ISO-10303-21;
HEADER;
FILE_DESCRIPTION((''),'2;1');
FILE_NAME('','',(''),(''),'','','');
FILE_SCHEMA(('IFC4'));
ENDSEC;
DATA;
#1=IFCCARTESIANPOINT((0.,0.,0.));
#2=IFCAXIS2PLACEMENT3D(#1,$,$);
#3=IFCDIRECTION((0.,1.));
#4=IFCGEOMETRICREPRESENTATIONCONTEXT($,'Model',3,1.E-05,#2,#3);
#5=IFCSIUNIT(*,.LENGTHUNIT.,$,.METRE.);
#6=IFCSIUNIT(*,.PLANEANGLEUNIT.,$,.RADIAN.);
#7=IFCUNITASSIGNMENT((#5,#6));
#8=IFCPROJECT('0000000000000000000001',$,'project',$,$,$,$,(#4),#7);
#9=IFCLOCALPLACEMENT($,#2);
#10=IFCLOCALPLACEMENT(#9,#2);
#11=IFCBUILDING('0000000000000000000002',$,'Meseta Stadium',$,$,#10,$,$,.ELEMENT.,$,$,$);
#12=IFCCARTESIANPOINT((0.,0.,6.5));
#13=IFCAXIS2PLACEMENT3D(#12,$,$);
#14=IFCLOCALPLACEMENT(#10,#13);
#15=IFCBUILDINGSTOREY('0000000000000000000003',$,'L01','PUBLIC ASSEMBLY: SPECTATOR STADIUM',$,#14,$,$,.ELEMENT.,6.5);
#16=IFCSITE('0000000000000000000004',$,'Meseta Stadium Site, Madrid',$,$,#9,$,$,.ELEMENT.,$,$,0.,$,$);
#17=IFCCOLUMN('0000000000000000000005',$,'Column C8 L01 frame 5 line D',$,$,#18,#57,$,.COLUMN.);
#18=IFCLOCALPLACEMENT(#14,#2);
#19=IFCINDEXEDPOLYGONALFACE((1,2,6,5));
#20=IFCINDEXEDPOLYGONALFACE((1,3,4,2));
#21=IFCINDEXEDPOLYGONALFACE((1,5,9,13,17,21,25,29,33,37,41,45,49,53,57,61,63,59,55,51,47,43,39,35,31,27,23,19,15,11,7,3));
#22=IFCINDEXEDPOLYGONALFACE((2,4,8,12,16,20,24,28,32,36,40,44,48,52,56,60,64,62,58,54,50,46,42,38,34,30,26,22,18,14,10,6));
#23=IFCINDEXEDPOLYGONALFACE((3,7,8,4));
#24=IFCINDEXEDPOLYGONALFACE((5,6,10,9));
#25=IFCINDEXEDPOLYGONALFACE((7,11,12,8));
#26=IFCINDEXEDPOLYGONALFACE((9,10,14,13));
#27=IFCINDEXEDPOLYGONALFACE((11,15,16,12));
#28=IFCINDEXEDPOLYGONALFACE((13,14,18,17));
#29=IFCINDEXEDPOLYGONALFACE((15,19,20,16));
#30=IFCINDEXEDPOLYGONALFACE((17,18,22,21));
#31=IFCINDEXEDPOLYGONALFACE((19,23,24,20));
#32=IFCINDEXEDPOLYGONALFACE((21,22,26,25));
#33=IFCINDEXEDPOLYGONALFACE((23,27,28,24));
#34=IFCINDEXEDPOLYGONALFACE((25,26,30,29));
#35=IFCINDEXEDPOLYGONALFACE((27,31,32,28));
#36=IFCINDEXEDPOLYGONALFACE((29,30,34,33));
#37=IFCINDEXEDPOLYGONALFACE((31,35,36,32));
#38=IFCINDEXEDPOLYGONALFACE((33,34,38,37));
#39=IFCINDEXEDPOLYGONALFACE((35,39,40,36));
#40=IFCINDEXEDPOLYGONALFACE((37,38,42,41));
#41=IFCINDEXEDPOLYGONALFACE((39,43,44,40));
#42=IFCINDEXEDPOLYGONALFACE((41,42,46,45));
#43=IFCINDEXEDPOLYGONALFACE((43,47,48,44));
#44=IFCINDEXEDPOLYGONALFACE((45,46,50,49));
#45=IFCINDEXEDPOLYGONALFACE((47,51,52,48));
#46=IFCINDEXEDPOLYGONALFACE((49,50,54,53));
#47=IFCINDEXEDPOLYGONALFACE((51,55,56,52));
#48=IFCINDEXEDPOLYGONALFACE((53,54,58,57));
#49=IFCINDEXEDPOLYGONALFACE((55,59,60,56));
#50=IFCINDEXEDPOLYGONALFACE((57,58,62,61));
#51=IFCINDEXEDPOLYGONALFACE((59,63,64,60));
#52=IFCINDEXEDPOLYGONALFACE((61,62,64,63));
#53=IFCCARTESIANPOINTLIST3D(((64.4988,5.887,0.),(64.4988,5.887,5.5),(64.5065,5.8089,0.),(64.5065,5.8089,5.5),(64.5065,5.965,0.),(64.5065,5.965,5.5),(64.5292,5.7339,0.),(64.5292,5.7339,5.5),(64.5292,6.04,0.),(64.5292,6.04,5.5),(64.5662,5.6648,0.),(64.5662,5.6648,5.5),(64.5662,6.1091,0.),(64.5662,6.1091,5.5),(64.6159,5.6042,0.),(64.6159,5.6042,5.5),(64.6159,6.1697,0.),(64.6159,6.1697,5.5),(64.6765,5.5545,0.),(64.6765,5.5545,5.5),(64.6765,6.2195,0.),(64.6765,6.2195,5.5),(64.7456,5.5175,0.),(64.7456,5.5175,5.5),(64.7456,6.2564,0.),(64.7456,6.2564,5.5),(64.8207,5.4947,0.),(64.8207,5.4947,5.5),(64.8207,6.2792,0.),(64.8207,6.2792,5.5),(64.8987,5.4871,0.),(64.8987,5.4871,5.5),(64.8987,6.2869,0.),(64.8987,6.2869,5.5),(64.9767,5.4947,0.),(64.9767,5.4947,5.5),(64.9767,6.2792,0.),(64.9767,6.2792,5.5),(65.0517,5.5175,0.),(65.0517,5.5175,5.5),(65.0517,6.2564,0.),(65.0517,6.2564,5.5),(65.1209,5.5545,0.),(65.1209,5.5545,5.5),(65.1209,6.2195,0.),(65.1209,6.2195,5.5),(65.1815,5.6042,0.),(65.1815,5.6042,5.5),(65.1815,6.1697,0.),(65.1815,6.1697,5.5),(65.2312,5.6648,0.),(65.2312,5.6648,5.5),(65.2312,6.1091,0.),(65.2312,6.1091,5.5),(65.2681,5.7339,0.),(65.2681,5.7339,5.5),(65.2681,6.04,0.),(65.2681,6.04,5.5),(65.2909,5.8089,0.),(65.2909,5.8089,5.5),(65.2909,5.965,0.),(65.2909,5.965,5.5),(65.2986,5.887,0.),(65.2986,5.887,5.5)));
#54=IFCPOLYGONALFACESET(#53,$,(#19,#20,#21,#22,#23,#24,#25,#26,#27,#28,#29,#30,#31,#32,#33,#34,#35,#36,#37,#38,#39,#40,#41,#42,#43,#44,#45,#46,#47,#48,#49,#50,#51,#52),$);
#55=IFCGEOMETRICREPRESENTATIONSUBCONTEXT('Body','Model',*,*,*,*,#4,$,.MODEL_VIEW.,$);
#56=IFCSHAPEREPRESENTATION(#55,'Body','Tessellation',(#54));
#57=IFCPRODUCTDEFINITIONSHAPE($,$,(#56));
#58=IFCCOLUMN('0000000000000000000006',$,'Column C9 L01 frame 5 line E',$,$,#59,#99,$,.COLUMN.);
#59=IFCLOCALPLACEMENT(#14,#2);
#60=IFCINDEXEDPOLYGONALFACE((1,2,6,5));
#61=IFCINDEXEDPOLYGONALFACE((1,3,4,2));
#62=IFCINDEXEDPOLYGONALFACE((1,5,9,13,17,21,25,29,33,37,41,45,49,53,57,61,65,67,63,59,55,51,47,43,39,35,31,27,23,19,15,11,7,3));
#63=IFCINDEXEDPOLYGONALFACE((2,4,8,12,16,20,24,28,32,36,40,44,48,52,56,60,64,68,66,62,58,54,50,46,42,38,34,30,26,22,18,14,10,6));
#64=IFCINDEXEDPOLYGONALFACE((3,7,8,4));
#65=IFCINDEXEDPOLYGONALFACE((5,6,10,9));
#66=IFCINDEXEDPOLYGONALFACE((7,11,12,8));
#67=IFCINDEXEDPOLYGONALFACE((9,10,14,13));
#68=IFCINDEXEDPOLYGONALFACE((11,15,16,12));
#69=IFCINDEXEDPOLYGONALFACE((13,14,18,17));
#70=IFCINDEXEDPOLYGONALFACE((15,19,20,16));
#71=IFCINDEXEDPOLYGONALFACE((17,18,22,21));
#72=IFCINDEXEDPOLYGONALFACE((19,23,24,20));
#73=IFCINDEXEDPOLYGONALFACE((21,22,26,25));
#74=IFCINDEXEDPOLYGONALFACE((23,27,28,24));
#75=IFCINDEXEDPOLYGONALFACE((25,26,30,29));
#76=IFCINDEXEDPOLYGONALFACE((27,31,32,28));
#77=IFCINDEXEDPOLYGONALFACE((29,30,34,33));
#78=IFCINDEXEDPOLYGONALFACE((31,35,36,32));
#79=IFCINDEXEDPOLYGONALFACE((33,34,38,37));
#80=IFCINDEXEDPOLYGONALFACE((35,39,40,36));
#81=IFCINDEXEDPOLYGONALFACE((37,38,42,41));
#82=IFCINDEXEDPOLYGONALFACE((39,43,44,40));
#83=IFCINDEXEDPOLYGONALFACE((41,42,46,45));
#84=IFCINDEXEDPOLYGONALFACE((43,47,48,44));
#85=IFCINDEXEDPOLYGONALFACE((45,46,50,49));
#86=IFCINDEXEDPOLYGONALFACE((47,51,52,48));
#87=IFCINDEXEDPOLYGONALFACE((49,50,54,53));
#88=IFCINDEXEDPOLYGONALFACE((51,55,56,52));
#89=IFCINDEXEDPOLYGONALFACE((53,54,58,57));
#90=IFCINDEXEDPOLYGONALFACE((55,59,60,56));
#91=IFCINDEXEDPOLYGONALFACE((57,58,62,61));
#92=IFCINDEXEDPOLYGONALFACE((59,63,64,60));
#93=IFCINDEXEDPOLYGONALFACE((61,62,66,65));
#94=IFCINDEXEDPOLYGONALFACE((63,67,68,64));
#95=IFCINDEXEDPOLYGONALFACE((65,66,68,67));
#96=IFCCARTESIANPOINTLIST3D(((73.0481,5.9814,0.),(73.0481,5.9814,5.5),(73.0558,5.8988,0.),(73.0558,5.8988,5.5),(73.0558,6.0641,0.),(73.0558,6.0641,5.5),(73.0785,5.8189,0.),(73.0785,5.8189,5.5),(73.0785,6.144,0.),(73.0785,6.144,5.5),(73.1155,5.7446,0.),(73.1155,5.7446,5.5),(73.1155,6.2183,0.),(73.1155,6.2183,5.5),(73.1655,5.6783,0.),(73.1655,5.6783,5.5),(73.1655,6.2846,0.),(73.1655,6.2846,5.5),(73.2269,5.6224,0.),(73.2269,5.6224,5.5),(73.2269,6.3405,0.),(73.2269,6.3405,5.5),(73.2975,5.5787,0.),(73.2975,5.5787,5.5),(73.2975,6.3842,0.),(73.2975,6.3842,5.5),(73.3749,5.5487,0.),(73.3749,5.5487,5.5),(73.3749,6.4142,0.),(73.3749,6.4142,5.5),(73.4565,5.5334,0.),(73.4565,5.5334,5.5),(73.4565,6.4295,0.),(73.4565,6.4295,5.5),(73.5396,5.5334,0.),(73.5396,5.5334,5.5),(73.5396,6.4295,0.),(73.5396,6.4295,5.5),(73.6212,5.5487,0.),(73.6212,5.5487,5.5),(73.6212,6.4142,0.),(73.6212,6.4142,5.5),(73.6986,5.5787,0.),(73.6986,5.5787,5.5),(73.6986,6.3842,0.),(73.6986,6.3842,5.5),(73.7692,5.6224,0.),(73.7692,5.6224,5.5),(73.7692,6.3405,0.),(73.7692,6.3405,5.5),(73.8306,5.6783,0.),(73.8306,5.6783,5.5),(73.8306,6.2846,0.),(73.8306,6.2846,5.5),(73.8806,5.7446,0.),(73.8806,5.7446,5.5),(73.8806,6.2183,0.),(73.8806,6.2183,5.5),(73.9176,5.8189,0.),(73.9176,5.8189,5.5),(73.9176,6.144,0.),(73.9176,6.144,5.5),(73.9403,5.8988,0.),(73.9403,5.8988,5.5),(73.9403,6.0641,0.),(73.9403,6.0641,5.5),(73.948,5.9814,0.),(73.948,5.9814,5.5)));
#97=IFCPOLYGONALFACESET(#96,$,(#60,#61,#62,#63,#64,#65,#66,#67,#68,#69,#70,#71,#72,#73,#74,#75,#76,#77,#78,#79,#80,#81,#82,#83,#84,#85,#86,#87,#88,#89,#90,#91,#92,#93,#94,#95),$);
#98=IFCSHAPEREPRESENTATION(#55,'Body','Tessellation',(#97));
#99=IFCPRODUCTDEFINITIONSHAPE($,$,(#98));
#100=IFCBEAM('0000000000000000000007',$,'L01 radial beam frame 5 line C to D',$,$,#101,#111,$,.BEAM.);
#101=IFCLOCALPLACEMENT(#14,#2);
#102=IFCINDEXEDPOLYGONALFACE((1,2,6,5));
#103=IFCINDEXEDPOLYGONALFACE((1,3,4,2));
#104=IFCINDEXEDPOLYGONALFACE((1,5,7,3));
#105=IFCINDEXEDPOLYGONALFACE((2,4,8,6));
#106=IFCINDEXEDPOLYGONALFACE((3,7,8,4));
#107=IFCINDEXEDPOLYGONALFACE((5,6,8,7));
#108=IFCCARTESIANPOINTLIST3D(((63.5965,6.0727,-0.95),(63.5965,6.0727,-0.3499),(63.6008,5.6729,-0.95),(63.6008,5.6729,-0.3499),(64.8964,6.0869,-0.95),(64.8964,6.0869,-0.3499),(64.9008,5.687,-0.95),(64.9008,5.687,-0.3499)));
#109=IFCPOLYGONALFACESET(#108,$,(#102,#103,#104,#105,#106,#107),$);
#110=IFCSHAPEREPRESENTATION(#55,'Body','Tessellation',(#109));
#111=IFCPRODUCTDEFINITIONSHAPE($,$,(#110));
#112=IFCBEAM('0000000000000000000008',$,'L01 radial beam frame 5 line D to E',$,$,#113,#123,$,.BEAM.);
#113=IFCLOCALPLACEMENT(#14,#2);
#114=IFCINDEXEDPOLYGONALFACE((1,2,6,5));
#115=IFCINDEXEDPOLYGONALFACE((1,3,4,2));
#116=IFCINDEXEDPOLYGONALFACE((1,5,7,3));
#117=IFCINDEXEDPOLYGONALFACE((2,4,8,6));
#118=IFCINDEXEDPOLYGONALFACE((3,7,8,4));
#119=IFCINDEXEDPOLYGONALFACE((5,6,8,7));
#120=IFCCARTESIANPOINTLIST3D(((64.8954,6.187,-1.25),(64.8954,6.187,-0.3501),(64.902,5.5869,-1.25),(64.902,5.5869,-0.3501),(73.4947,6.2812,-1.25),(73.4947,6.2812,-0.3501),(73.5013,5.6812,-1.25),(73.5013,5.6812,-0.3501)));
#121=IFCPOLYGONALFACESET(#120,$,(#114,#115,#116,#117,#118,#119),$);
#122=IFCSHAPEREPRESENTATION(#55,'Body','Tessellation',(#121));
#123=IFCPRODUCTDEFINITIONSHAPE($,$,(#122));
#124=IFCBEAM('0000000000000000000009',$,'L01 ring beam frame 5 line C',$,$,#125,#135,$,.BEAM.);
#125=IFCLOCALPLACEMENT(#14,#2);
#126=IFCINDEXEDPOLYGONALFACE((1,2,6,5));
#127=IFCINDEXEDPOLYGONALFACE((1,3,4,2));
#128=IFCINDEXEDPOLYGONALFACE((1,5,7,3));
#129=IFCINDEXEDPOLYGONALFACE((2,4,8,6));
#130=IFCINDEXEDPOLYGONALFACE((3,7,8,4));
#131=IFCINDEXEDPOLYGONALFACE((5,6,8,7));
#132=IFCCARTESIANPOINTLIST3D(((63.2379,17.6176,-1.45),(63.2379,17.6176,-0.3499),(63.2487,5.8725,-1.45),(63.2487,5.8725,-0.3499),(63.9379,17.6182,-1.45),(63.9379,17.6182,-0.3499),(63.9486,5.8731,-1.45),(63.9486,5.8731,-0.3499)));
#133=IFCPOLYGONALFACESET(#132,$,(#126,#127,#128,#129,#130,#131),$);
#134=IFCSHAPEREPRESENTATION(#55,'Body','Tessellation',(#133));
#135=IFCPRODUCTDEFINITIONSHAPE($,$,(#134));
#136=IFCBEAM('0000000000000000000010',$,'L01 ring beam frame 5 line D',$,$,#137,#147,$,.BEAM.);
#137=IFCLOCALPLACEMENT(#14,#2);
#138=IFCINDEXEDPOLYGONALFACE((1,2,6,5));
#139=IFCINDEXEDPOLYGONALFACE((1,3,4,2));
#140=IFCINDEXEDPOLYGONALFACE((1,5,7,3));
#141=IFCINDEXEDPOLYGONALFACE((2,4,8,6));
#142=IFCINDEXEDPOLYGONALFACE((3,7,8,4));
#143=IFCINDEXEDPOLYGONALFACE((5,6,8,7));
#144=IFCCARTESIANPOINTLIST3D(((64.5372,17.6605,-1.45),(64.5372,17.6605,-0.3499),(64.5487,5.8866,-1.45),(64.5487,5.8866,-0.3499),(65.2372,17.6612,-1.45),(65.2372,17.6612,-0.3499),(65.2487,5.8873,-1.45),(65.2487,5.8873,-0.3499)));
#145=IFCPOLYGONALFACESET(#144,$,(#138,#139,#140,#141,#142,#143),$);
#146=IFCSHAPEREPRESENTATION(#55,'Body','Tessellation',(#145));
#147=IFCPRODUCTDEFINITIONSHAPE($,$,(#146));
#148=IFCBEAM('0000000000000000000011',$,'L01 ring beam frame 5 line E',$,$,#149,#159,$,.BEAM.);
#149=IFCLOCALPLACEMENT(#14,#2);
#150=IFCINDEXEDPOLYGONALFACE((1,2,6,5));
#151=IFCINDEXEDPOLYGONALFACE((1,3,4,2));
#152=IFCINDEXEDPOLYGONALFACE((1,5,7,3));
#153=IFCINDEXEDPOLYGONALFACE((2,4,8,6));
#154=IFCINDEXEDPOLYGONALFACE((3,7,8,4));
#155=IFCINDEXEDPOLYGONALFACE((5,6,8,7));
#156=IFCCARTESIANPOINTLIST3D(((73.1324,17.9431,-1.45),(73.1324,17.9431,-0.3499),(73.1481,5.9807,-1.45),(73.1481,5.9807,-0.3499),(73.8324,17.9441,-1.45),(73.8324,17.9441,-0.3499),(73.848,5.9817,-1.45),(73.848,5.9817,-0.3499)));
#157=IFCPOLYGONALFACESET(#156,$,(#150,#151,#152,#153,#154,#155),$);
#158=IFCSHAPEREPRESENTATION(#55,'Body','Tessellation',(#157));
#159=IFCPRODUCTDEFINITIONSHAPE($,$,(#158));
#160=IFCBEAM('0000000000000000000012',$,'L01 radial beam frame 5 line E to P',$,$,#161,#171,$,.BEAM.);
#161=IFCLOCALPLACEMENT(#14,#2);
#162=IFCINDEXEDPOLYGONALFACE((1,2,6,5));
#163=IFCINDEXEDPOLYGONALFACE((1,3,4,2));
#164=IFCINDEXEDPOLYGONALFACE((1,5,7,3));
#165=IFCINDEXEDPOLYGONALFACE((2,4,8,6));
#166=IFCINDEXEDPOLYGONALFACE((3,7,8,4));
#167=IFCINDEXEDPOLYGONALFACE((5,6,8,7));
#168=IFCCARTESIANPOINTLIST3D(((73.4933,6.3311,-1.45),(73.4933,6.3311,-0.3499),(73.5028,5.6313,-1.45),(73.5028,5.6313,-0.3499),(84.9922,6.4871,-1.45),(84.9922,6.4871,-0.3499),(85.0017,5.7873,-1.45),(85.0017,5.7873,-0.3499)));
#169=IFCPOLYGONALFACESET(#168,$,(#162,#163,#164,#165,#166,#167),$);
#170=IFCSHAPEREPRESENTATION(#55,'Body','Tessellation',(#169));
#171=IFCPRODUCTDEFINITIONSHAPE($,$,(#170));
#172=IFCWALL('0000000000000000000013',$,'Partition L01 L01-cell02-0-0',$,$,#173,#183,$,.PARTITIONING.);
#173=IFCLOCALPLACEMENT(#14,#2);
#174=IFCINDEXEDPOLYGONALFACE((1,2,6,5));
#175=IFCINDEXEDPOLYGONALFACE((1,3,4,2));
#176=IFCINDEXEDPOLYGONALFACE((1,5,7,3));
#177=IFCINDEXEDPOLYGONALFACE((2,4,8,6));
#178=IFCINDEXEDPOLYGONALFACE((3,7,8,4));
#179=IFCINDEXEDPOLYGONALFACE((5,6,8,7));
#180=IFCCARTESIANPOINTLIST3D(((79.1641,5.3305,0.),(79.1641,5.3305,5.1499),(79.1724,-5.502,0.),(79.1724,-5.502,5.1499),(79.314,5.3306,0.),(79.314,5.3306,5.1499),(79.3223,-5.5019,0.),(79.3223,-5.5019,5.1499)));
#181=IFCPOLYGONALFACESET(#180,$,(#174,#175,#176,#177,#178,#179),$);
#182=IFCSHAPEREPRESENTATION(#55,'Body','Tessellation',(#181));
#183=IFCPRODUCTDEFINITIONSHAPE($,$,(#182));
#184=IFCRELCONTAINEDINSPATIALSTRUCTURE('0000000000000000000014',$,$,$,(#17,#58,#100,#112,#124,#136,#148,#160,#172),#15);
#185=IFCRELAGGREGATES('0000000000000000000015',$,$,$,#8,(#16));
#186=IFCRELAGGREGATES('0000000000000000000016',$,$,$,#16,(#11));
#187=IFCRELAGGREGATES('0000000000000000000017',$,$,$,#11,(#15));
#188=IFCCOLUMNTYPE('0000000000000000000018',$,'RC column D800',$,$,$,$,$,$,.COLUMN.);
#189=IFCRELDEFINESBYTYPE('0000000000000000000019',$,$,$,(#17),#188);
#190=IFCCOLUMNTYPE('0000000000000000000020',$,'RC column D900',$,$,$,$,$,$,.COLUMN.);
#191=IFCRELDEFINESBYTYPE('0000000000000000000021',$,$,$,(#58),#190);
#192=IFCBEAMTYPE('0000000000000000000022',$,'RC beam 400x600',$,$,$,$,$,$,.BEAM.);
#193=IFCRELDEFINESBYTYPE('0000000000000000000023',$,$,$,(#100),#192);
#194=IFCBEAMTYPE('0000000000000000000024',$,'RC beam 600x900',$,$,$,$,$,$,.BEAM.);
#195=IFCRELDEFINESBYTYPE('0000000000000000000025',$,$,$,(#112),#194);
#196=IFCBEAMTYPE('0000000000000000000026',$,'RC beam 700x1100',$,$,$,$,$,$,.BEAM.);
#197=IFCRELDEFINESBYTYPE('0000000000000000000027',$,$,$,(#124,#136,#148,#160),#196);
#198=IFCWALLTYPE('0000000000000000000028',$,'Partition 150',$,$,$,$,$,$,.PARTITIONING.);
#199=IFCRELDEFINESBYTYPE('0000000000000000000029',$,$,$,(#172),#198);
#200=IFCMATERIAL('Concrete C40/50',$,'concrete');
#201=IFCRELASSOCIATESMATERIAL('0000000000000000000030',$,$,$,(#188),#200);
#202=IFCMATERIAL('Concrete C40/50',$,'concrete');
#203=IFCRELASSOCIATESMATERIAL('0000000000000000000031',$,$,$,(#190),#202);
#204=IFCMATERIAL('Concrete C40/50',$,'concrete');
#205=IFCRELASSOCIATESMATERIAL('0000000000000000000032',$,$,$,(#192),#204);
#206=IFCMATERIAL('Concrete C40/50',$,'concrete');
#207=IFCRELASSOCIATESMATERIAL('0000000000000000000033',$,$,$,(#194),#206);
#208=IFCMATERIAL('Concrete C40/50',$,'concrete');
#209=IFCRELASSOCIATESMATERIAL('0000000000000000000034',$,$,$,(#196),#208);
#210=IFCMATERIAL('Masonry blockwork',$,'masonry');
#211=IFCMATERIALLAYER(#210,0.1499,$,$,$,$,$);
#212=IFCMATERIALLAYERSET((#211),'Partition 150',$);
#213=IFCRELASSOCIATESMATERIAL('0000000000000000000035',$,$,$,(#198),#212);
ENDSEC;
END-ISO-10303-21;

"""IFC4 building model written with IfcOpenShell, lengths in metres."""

from ifc_helpers import new_model, si_unit, direction, frame, frame_2d, origin, origin_2d, place, context, subcontext, project, spatial, rectangle, circle, extrude, material, layer, layer_set, material_profile, profile_set, type_object, element, save


model = new_model("IFC4")

# Units and contexts
model_context = context("Model", 3, precision=1e-05, world=origin(), true_north=direction((0.0, 1.0)))
body_context = subcontext(model_context, "Body", "Model", "MODEL_VIEW")
ifc_project = project(units=[si_unit("LENGTHUNIT", "METRE"), si_unit("PLANEANGLEUNIT", "RADIAN")], contexts=[model_context])

# Site, building, storey
site_placement = place(None, origin())
site = spatial("IfcSite", under=ifc_project, at=site_placement, Name="Meseta Stadium Site, Madrid", CompositionType="ELEMENT", RefElevation=0.0)
building_placement = place(site_placement, origin())
building = spatial("IfcBuilding", under=site, at=building_placement, Name="Meseta Stadium", CompositionType="ELEMENT")
storey_placement = place(building_placement, frame((0.0, 0.0, 6.5)))
storey = spatial("IfcBuildingStorey", under=building, at=storey_placement, Name="L01", Description="PUBLIC ASSEMBLY: SPECTATOR STADIUM", CompositionType="ELEMENT", Elevation=6.5)

# Columns
ifc_material_1 = material(Name="Concrete C40/50", Category="concrete")
ifc_material_profile_1 = material_profile(ifc_material_1, circle(Radius=0.3999, at=origin_2d()), Name="RC D800")
ifc_profile_set_1 = profile_set([ifc_material_profile_1], Name="Concrete C40/50")
column_type_1 = type_object("IfcColumnType", Name="RC column D800", PredefinedType="COLUMN", material=ifc_profile_set_1)
column_1_placement = place(storey_placement, frame((64.8987, 5.887, 0.0), z_axis=(0.0, 0.0, 1.0), x_axis=(1.0, 0.0, 0.0)))
element("IfcColumn", 1, at=column_1_placement, inside=storey, type_object=column_type_1, Name="Column C8 L01 frame 5 line D", PredefinedType="COLUMN", context=body_context, shape_type="SweptSolid", body=[
    extrude(circle(Radius=0.3999, at=origin_2d()), origin(), (0.0, 0.0, 1.0), 5.5),
])
ifc_material_2 = material(Name="Concrete C40/50", Category="concrete")
ifc_material_profile_2 = material_profile(ifc_material_2, circle(Radius=0.45, at=origin_2d()), Name="RC D900")
ifc_profile_set_2 = profile_set([ifc_material_profile_2], Name="Concrete C40/50")
column_type_2 = type_object("IfcColumnType", Name="RC column D900", PredefinedType="COLUMN", material=ifc_profile_set_2)
column_2_placement = place(storey_placement, frame((73.498, 5.9814, 0.0), z_axis=(0.0, 0.0, 1.0), x_axis=(1.0, 0.0, 0.0)))
element("IfcColumn", 2, at=column_2_placement, inside=storey, type_object=column_type_2, Name="Column C9 L01 frame 5 line E", PredefinedType="COLUMN", context=body_context, shape_type="SweptSolid", body=[
    extrude(circle(Radius=0.45, at=origin_2d()), origin(), (0.0, 0.0, 1.0), 5.5),
])

# Beams
ifc_material_3 = material(Name="Concrete C40/50", Category="concrete")
ifc_material_profile_3 = material_profile(ifc_material_3, rectangle(XDim=0.3999, YDim=0.6001, at=origin_2d()), Name="RC 400x600")
ifc_profile_set_3 = profile_set([ifc_material_profile_3], Name="Concrete C40/50")
beam_type_1 = type_object("IfcBeamType", Name="RC beam 400x600", PredefinedType="BEAM", material=ifc_profile_set_3)
beam_1_placement = place(storey_placement, frame((63.5986, 5.8728, -0.6499), z_axis=(0.999941, 0.010891, 0.0), x_axis=(-0.010891, 0.999941, 0.0)))
element("IfcBeam", 3, at=beam_1_placement, inside=storey, type_object=beam_type_1, Name="L01 radial beam frame 5 line C to D", PredefinedType="BEAM", context=body_context, shape_type="SweptSolid", body=[
    extrude(rectangle(XDim=0.3999, YDim=0.6001, at=origin_2d()), origin(), (0.0, 0.0, 1.0), 1.3),
])
ifc_material_4 = material(Name="Concrete C40/50", Category="concrete")
ifc_material_profile_4 = material_profile(ifc_material_4, rectangle(XDim=0.6001, YDim=0.8999, at=origin_2d()), Name="RC 600x900")
ifc_profile_set_4 = profile_set([ifc_material_profile_4], Name="Concrete C40/50")
beam_type_2 = type_object("IfcBeamType", Name="RC beam 600x900", PredefinedType="BEAM", material=ifc_profile_set_4)
beam_2_placement = place(storey_placement, frame((64.8987, 5.887, -0.8), z_axis=(0.99994, 0.010958, 0.0), x_axis=(-0.010958, 0.99994, 0.0)))
element("IfcBeam", 4, at=beam_2_placement, inside=storey, type_object=beam_type_2, Name="L01 radial beam frame 5 line D to E", PredefinedType="BEAM", context=body_context, shape_type="SweptSolid", body=[
    extrude(rectangle(XDim=0.6001, YDim=0.8999, at=origin_2d()), origin(), (0.0, 0.0, 1.0), 8.5999),
])
ifc_material_5 = material(Name="Concrete C40/50", Category="concrete")
ifc_material_profile_5 = material_profile(ifc_material_5, rectangle(XDim=0.7, YDim=1.1001, at=origin_2d()), Name="RC 700x1100")
ifc_profile_set_5 = profile_set([ifc_material_profile_5], Name="Concrete C40/50")
beam_type_3 = type_object("IfcBeamType", Name="RC beam 700x1100", PredefinedType="BEAM", material=ifc_profile_set_5)
beam_3_placement = place(storey_placement, frame((63.5986, 5.8728, -0.8999), z_axis=(-0.000915, 1.0, 0.0), x_axis=(-1.0, -0.000915, 0.0)))
element("IfcBeam", 5, at=beam_3_placement, inside=storey, type_object=beam_type_3, Name="L01 ring beam frame 5 line C", PredefinedType="BEAM", context=body_context, shape_type="SweptSolid", body=[
    extrude(rectangle(XDim=0.7, YDim=1.1001, at=origin_2d()), origin(), (0.0, 0.0, 1.0), 11.7451),
])
beam_4_placement = place(storey_placement, frame((64.8987, 5.887, -0.8999), z_axis=(-0.000975, 1.0, 0.0), x_axis=(-1.0, -0.000975, 0.0)))
element("IfcBeam", 6, at=beam_4_placement, inside=storey, type_object=beam_type_3, Name="L01 ring beam frame 5 line D", PredefinedType="BEAM", context=body_context, shape_type="SweptSolid", body=[
    extrude(rectangle(XDim=0.7, YDim=1.1001, at=origin_2d()), origin(), (0.0, 0.0, 1.0), 11.7739),
])
beam_5_placement = place(storey_placement, frame((73.498, 5.9812, -0.8999), z_axis=(-0.001306, 0.999999, 0.0), x_axis=(-0.999999, -0.001306, 0.0)))
element("IfcBeam", 7, at=beam_5_placement, inside=storey, type_object=beam_type_3, Name="L01 ring beam frame 5 line E", PredefinedType="BEAM", context=body_context, shape_type="SweptSolid", body=[
    extrude(rectangle(XDim=0.7, YDim=1.1001, at=origin_2d()), origin(), (0.0, 0.0, 1.0), 11.9624),
])
beam_6_placement = place(storey_placement, frame((73.498, 5.9812, -0.8999), z_axis=(0.999908, 0.013566, 0.0), x_axis=(-0.013566, 0.999908, 0.0)))
element("IfcBeam", 8, at=beam_6_placement, inside=storey, type_object=beam_type_3, Name="L01 radial beam frame 5 line E to P", PredefinedType="BEAM", context=body_context, shape_type="SweptSolid", body=[
    extrude(rectangle(XDim=0.7, YDim=1.1001, at=origin_2d()), origin(), (0.0, 0.0, 1.0), 11.5),
])

# Wall
ifc_material_6 = material(Name="Masonry blockwork", Category="masonry")
ifc_layer = layer(ifc_material_6, 0.1499)
ifc_layer_set = layer_set([ifc_layer], Name="Partition 150")
wall_type = type_object("IfcWallType", Name="Partition 150", PredefinedType="PARTITIONING", material=ifc_layer_set)
wall_1_placement = place(storey_placement, frame((79.239, 5.3306, 0.0), z_axis=(0.0, 0.0, 1.0), x_axis=(0.000766, -1.0, 0.0)))
element("IfcWall", 9, at=wall_1_placement, inside=storey, type_object=wall_type, Name="Partition L01 L01-cell02-0-0", PredefinedType="PARTITIONING", context=body_context, shape_type="SweptSolid", body=[
    extrude(rectangle(XDim=10.8325, YDim=0.1499, at=frame_2d((5.4163, 0.0))), origin(), (0.0, 0.0, 1.0), 5.1499),
])

save(model, "model.ifc")
